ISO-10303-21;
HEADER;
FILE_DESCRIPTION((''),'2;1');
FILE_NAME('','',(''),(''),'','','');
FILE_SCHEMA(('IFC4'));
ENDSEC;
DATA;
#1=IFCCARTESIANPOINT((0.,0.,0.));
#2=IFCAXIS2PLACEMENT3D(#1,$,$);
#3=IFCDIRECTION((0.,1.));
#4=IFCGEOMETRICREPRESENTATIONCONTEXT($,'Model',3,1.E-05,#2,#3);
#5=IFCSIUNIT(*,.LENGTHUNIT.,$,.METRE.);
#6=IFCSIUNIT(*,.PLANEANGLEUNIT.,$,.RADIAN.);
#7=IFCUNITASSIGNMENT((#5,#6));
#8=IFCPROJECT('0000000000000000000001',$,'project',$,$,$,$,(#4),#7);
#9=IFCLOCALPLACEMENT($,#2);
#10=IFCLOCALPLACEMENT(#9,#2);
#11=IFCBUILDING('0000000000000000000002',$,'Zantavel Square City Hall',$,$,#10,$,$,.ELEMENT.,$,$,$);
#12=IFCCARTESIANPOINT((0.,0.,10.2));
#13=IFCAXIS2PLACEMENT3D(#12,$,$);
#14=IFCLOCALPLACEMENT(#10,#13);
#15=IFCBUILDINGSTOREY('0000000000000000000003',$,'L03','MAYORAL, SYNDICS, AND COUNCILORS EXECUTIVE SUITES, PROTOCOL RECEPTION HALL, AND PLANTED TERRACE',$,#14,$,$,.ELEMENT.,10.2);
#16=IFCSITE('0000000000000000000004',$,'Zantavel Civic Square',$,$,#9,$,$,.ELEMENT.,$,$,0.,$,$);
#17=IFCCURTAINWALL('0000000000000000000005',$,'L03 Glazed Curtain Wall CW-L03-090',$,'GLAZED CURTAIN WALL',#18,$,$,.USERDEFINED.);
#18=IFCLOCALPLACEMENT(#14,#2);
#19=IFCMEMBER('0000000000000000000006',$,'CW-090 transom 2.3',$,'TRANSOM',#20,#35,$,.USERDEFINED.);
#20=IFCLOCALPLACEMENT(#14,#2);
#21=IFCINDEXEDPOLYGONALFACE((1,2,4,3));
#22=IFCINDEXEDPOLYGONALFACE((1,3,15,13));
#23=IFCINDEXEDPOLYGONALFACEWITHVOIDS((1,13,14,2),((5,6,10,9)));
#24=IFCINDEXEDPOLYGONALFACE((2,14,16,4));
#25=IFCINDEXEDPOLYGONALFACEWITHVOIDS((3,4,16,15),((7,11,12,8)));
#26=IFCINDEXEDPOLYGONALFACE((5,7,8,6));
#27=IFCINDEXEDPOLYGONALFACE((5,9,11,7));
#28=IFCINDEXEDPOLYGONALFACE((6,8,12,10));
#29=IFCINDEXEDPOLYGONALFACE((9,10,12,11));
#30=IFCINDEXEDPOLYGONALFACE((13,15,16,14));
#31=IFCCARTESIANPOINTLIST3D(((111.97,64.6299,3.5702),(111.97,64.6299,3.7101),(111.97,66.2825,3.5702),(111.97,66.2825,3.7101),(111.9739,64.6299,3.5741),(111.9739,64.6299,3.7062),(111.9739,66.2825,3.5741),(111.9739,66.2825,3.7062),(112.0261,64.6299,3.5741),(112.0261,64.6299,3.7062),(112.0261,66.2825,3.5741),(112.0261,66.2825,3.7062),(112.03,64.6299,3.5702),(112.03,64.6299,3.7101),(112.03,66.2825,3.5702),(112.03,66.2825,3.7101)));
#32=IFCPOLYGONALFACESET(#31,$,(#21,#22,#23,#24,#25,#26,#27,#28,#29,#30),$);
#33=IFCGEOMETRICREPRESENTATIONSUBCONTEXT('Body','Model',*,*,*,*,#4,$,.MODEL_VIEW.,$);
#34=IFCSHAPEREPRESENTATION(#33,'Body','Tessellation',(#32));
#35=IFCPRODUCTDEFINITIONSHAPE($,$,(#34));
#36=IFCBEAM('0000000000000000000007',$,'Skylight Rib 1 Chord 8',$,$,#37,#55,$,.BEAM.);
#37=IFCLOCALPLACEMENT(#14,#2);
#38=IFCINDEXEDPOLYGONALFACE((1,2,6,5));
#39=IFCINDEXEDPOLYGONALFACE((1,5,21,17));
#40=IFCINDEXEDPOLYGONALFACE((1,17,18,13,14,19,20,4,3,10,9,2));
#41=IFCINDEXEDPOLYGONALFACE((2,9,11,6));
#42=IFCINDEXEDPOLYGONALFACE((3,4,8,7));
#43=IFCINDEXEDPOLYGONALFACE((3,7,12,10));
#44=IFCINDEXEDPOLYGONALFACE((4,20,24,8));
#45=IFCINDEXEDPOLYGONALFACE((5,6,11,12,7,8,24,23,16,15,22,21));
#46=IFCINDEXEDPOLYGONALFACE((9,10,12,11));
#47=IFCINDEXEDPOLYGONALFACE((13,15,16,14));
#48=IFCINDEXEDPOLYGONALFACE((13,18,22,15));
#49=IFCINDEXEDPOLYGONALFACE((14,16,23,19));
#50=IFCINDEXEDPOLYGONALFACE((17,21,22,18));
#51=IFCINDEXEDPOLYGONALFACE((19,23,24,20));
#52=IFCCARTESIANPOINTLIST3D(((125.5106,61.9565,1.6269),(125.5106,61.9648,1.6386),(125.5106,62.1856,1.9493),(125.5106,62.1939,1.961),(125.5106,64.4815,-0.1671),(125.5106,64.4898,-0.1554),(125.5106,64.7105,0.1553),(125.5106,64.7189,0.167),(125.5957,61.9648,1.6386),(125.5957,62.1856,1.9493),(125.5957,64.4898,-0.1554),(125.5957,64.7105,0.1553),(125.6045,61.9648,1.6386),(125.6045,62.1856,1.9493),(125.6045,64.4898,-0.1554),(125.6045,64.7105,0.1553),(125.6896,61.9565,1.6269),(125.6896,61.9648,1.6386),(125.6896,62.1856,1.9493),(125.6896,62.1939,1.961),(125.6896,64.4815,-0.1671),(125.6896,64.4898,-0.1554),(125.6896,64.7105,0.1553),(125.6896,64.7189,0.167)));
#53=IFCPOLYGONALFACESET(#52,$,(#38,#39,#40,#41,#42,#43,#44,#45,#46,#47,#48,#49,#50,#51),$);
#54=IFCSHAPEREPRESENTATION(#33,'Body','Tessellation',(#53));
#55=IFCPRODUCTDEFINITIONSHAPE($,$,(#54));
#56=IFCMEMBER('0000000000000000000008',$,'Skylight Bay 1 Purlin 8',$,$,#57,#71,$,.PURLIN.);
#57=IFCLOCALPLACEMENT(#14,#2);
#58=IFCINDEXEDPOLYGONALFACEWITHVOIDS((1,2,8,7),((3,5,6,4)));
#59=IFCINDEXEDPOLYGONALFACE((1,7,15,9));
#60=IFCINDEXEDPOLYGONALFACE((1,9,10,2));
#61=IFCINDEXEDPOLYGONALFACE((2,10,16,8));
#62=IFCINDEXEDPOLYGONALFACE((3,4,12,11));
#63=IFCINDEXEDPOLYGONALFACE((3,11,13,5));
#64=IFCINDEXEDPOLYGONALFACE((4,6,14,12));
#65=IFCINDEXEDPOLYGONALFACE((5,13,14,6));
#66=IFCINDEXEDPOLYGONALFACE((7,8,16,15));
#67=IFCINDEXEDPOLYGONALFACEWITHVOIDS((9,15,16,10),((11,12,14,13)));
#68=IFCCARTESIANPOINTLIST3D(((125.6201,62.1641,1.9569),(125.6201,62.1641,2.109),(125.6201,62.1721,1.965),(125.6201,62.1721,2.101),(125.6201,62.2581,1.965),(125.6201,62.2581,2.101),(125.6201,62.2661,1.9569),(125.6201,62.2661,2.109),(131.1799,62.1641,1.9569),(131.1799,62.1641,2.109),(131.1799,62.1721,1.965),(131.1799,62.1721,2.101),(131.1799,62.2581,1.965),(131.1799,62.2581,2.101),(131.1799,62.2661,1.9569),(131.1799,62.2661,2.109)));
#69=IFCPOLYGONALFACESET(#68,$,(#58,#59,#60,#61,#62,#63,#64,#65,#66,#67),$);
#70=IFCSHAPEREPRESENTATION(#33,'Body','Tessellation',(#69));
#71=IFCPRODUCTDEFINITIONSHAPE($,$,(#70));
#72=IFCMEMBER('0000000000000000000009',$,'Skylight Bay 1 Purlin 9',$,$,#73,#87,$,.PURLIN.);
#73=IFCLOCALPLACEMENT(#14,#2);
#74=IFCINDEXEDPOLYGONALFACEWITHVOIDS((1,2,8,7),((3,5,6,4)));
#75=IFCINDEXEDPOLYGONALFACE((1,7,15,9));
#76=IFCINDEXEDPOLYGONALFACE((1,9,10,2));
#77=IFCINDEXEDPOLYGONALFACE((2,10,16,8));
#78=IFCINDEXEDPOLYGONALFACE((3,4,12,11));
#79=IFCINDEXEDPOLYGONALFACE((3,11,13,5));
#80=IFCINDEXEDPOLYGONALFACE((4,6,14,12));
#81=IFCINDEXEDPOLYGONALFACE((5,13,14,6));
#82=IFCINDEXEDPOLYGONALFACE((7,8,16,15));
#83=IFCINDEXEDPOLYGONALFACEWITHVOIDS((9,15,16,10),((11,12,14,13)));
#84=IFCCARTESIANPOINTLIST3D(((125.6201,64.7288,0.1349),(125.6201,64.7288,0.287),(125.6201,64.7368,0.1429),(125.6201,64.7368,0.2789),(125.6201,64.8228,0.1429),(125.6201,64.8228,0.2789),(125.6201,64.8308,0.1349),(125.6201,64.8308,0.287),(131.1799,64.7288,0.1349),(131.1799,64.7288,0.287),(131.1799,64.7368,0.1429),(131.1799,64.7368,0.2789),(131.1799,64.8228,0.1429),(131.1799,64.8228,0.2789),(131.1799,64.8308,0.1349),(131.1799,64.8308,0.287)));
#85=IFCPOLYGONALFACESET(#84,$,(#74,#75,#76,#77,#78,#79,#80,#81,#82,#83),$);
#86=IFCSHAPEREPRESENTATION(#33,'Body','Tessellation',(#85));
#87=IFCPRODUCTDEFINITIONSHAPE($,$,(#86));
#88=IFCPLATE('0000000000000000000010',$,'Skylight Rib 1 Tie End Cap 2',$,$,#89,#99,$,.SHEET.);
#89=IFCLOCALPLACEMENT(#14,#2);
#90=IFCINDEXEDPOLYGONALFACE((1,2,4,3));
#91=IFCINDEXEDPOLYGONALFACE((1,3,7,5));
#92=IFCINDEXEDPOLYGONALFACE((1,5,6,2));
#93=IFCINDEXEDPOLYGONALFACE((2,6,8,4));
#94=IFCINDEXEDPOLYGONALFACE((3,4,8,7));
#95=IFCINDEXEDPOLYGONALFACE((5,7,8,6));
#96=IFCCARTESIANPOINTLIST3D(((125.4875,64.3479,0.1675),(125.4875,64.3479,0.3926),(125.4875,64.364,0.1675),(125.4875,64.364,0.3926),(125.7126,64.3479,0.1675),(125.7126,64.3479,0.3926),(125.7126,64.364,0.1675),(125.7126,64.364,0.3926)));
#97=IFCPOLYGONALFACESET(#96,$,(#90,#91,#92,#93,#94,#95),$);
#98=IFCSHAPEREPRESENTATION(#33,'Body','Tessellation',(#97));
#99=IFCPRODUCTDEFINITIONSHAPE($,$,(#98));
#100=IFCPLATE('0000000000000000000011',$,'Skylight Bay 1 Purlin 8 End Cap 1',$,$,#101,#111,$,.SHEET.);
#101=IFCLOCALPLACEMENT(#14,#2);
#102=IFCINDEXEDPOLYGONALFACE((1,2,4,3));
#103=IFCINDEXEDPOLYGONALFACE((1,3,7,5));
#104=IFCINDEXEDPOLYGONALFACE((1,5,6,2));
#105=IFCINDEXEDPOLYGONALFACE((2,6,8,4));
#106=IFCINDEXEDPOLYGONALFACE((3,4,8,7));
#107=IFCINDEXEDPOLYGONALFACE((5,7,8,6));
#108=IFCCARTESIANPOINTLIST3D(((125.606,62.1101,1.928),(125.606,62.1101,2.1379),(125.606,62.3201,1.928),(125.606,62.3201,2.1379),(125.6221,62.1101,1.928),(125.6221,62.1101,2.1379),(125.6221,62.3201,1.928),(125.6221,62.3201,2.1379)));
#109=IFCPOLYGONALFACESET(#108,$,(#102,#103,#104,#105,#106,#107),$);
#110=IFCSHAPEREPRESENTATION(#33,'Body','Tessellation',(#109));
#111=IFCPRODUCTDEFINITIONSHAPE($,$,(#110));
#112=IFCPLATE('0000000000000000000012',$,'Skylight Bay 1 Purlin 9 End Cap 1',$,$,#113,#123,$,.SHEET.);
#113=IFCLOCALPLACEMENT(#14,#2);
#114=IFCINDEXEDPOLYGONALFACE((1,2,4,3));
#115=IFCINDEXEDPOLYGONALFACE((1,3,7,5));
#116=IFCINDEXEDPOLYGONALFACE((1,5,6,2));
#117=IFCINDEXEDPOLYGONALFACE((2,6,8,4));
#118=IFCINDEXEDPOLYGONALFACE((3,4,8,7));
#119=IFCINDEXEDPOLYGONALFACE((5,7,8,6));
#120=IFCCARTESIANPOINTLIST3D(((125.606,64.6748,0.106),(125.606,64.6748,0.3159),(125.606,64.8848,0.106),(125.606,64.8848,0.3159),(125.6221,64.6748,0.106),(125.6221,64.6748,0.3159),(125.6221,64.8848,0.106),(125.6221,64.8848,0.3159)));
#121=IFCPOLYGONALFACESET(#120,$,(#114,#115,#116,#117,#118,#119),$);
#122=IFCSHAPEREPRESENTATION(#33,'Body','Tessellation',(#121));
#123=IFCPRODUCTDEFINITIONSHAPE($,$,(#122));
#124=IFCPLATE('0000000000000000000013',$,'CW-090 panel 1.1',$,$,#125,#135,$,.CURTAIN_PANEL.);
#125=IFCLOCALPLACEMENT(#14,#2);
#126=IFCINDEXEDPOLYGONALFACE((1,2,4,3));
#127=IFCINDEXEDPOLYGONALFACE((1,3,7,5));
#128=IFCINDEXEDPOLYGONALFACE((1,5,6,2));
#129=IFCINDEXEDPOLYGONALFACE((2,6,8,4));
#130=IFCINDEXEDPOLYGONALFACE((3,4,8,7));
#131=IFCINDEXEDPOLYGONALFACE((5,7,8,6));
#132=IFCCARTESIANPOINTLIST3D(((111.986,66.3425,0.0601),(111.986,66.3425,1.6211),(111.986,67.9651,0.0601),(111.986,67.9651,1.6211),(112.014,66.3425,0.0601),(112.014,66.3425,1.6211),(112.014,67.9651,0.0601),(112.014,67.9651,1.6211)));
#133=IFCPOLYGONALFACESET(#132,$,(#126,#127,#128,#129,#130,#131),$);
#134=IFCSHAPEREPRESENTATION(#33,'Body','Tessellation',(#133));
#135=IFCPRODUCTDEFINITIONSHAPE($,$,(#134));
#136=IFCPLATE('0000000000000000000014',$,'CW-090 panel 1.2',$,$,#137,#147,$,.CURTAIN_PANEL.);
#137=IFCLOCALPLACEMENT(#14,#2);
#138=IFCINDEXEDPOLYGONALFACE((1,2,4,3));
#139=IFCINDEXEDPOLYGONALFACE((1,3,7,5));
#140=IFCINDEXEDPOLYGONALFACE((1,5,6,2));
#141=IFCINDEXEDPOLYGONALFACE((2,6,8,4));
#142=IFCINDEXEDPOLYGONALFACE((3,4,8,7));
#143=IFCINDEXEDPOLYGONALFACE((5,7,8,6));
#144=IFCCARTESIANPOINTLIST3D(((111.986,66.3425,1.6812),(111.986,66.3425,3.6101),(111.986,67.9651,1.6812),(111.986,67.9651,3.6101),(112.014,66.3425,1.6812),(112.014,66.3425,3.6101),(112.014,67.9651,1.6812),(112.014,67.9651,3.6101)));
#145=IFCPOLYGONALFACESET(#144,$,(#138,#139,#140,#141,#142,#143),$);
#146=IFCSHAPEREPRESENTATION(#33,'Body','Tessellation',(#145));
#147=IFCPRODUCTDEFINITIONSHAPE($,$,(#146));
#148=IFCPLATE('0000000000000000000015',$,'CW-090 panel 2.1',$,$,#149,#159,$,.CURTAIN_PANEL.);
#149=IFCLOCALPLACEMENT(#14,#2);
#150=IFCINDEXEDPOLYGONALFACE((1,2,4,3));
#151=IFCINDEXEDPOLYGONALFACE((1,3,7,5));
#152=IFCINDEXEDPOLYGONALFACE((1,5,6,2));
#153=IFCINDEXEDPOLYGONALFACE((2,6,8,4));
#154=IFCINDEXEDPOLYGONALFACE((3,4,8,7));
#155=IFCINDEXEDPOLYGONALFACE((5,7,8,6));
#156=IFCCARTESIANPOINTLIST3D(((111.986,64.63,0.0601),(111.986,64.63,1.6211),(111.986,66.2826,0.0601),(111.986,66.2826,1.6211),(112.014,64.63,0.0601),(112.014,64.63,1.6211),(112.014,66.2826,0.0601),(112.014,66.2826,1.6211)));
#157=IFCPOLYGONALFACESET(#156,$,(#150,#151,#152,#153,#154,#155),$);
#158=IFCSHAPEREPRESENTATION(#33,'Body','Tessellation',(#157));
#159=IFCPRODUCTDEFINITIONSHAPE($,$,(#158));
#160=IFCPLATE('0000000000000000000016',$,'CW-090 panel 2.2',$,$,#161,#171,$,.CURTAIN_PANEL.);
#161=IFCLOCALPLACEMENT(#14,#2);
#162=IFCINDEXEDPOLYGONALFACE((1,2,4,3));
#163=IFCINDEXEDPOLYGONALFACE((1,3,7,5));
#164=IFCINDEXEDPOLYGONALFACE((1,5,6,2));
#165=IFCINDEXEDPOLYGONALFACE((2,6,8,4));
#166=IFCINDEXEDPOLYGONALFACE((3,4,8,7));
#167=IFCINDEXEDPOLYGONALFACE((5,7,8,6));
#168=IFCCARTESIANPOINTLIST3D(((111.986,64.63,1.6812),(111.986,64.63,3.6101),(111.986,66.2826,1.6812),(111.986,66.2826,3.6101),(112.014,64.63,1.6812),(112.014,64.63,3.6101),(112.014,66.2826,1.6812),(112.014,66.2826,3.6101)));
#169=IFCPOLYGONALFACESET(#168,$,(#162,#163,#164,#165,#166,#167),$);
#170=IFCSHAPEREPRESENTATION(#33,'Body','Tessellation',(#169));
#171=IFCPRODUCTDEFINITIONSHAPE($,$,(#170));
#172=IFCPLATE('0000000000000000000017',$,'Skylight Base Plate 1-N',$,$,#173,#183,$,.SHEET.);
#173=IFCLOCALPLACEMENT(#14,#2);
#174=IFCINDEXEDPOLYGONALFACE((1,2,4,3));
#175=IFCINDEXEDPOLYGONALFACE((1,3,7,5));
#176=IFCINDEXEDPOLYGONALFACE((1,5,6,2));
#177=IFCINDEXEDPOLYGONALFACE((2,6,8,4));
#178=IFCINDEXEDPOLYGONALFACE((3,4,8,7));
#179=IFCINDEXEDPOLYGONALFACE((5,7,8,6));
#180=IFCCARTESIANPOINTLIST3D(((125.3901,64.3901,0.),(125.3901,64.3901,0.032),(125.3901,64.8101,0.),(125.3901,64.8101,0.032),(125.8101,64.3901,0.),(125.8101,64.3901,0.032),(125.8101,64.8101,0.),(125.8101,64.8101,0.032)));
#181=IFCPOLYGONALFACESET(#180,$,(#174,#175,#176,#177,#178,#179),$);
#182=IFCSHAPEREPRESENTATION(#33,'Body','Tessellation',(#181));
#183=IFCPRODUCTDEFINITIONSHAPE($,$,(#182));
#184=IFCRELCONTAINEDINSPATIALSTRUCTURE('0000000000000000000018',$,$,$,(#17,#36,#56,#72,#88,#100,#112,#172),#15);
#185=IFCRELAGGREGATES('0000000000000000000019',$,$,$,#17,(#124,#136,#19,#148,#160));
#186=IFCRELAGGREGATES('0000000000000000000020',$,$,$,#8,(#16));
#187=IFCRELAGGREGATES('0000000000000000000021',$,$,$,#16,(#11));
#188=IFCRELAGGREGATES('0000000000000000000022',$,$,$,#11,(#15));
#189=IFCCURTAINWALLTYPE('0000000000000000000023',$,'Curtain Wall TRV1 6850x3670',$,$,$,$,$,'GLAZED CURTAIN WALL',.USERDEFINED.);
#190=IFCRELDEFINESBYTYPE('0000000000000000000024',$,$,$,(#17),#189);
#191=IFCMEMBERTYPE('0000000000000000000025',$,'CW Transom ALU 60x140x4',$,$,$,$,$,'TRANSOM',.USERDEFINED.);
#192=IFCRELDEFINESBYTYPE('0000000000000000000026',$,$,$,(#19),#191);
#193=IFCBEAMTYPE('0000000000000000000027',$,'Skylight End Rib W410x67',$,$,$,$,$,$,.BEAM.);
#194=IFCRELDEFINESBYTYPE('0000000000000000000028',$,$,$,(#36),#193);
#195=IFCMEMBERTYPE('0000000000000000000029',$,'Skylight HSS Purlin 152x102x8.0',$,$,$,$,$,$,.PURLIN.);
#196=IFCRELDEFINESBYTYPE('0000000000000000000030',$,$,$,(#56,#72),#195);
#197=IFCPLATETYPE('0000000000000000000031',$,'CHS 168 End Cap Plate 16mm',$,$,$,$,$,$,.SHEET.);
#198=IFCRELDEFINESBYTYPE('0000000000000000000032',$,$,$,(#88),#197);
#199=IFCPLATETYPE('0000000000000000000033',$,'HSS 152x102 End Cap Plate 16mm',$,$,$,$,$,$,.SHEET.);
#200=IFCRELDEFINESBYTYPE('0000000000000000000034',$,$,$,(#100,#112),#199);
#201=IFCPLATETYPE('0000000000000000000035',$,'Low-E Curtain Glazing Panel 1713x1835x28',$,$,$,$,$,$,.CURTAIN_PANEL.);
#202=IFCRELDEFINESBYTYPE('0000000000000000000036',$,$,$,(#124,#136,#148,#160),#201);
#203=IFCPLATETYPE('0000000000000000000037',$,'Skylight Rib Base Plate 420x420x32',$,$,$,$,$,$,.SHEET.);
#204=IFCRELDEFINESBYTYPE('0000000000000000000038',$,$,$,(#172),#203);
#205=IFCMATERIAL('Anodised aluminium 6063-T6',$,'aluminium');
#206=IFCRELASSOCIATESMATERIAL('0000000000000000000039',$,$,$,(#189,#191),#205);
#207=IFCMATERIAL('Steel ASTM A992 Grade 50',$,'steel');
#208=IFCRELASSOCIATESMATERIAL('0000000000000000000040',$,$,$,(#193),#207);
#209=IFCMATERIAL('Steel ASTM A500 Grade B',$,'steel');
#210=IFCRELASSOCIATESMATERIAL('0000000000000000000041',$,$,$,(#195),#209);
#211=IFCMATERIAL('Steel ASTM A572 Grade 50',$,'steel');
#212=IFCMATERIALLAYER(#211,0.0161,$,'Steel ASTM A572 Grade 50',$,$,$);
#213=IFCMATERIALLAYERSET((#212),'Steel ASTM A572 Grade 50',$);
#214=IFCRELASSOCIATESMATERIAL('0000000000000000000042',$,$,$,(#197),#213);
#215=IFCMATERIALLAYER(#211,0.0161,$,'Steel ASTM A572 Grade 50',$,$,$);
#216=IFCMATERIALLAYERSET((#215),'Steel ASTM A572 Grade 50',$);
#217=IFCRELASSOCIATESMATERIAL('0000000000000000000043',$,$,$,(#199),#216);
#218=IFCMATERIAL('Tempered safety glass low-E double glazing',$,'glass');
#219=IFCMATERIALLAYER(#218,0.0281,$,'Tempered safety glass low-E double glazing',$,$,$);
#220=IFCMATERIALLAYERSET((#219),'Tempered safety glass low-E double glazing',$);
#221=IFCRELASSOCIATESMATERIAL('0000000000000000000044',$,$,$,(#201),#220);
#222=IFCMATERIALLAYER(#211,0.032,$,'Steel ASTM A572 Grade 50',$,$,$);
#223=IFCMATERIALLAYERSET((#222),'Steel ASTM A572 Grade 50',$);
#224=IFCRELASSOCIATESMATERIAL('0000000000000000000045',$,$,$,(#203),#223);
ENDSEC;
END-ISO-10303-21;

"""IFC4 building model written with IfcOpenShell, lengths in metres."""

from ifc_helpers import new_model, si_unit, direction, frame, origin, origin_2d, place, context, subcontext, project, spatial, rectangle, hollow_rectangle, i_section, extrude, material, layer, layer_set, material_profile, profile_set, type_object, element, aggregate, save


model = new_model("IFC4")

# Units and contexts
model_context = context("Model", 3, precision=1e-05, world=origin(), true_north=direction((0.0, 1.0)))
body_context = subcontext(model_context, "Body", "Model", "MODEL_VIEW")
ifc_project = project(units=[si_unit("LENGTHUNIT", "METRE"), si_unit("PLANEANGLEUNIT", "RADIAN")], contexts=[model_context])

# Site, building, storey
site_placement = place(None, origin())
site = spatial("IfcSite", under=ifc_project, at=site_placement, Name="Zantavel Civic Square", CompositionType="ELEMENT", RefElevation=0.0)
building_placement = place(site_placement, origin())
building = spatial("IfcBuilding", under=site, at=building_placement, Name="Zantavel Square City Hall", CompositionType="ELEMENT")
storey_placement = place(building_placement, frame((0.0, 0.0, 10.2)))
storey = spatial("IfcBuildingStorey", under=building, at=storey_placement, Name="L03", Description="MAYORAL, SYNDICS, AND COUNCILORS EXECUTIVE SUITES, PROTOCOL RECEPTION HALL, AND PLANTED TERRACE", CompositionType="ELEMENT", Elevation=10.2)

# Curtain wall, member
ifc_material_1 = material(Name="Anodised aluminium 6063-T6", Category="aluminium")
curtain_wall_type = type_object("IfcCurtainWallType", Name="Curtain Wall TRV1 6850x3670", ElementType="GLAZED CURTAIN WALL", PredefinedType="USERDEFINED", material=ifc_material_1)
curtain_wall_placement = place(storey_placement, origin())
curtain_wall = element("IfcCurtainWall", 1, at=curtain_wall_placement, inside=storey, type_object=curtain_wall_type, Name="L03 Glazed Curtain Wall CW-L03-090", ObjectType="GLAZED CURTAIN WALL", PredefinedType="USERDEFINED")
ifc_material_profile_1 = material_profile(ifc_material_1, hollow_rectangle(XDim=0.0601, YDim=0.1399, WallThickness=0.0039, at=origin_2d()), Name="ALU 60x140x4")
ifc_profile_set_1 = profile_set([ifc_material_profile_1], Name="Anodised aluminium 6063-T6")
member_type_1 = type_object("IfcMemberType", Name="CW Transom ALU 60x140x4", ElementType="TRANSOM", PredefinedType="USERDEFINED", material=ifc_profile_set_1)
member_1_placement = place(storey_placement, frame((112.0, 66.2825, 3.6401), z_axis=(0.0, -1.0, 0.0), x_axis=(1.0, 0.0, 0.0)))
member_1 = element("IfcMember", 2, at=member_1_placement, type_object=member_type_1, Name="CW-090 transom 2.3", ObjectType="TRANSOM", PredefinedType="USERDEFINED", context=body_context, shape_type="SweptSolid", body=[
    extrude(hollow_rectangle(XDim=0.0601, YDim=0.1399, WallThickness=0.0039, at=origin_2d()), origin(), (0.0, 0.0, 1.0), 1.6526),
])

# Beam
ifc_material_2 = material(Name="Steel ASTM A992 Grade 50", Category="steel")
ifc_material_profile_2 = material_profile(ifc_material_2, i_section(OverallWidth=0.179, OverallDepth=0.4099, WebThickness=0.0088, FlangeThickness=0.0144, at=origin_2d()), Name="W410x67")
ifc_profile_set_2 = profile_set([ifc_material_profile_2], Name="Steel ASTM A992 Grade 50")
beam_type = type_object("IfcBeamType", Name="Skylight End Rib W410x67", PredefinedType="BEAM", material=ifc_profile_set_2)
beam_placement = place(storey_placement, frame((125.6001, 62.0752, 1.7939), z_axis=(0.0, 0.81519, -0.579193), x_axis=(-1.0, 0.0, 0.0)))
element("IfcBeam", 3, at=beam_placement, inside=storey, type_object=beam_type, Name="Skylight Rib 1 Chord 8", PredefinedType="BEAM", context=body_context, shape_type="SweptSolid", body=[
    extrude(i_section(OverallWidth=0.179, OverallDepth=0.4099, WebThickness=0.0088, FlangeThickness=0.0144, at=origin_2d()), origin(), (0.0, 0.0, 1.0), 3.0974),
])

# Members
ifc_material_3 = material(Name="Steel ASTM A500 Grade B", Category="steel")
ifc_material_profile_3 = material_profile(ifc_material_3, hollow_rectangle(XDim=0.1021, YDim=0.1521, WallThickness=0.0081, at=origin_2d()), Name="HSS 152x102x8.0")
ifc_profile_set_3 = profile_set([ifc_material_profile_3], Name="Steel ASTM A500 Grade B")
member_type_2 = type_object("IfcMemberType", Name="Skylight HSS Purlin 152x102x8.0", PredefinedType="PURLIN", material=ifc_profile_set_3)
for number, where, z_axis, x_axis, name in (
    (4, (125.6201, 62.2151, 2.033), (1.0, 0.0, 0.0), (0.0, 1.0, 0.0), "Skylight Bay 1 Purlin 8"),
    (5, (125.6201, 64.7798, 0.2109), (1.0, 0.0, 0.0), (0.0, 1.0, 0.0), "Skylight Bay 1 Purlin 9"),
):
    element("IfcMember", number, at=place(storey_placement, frame(where, z_axis=z_axis, x_axis=x_axis)), inside=storey, type_object=member_type_2, Name=name, PredefinedType="PURLIN", context=body_context, shape_type="SweptSolid", body=[
        extrude(hollow_rectangle(XDim=0.1021, YDim=0.1521, WallThickness=0.0081, at=origin_2d()), origin(), (0.0, 0.0, 1.0), 5.5598),
    ])

# Plates
ifc_material_4 = material(Name="Steel ASTM A572 Grade 50", Category="steel")
ifc_layer_1 = layer(ifc_material_4, 0.0161, Name="Steel ASTM A572 Grade 50")
ifc_layer_set_1 = layer_set([ifc_layer_1], Name="Steel ASTM A572 Grade 50")
plate_type_1 = type_object("IfcPlateType", Name="CHS 168 End Cap Plate 16mm", PredefinedType="SHEET", material=ifc_layer_set_1)
plate_1_placement = place(storey_placement, frame((125.6001, 64.356, 0.1675), z_axis=(0.0, 0.0, 1.0), x_axis=(0.0, 1.0, 0.0)))
element("IfcPlate", 6, at=plate_1_placement, inside=storey, type_object=plate_type_1, Name="Skylight Rib 1 Tie End Cap 2", PredefinedType="SHEET", context=body_context, shape_type="SweptSolid", body=[
    extrude(rectangle(XDim=0.0161, YDim=0.2251, at=origin_2d()), origin(), (0.0, 0.0, 1.0), 0.2251),
])
ifc_layer_2 = layer(ifc_material_4, 0.0161, Name="Steel ASTM A572 Grade 50")
ifc_layer_set_2 = layer_set([ifc_layer_2], Name="Steel ASTM A572 Grade 50")
plate_type_2 = type_object("IfcPlateType", Name="HSS 152x102 End Cap Plate 16mm", PredefinedType="SHEET", material=ifc_layer_set_2)
for number, where, z_axis, x_axis, name in (
    (7, (125.614, 62.2151, 1.928), (0.0, 0.0, 1.0), (1.0, 0.0, 0.0), "Skylight Bay 1 Purlin 8 End Cap 1"),
    (8, (125.614, 64.7798, 0.106), (0.0, 0.0, 1.0), (1.0, 0.0, 0.0), "Skylight Bay 1 Purlin 9 End Cap 1"),
):
    element("IfcPlate", number, at=place(storey_placement, frame(where, z_axis=z_axis, x_axis=x_axis)), inside=storey, type_object=plate_type_2, Name=name, PredefinedType="SHEET", context=body_context, shape_type="SweptSolid", body=[
        extrude(rectangle(XDim=0.0161, YDim=0.21, at=origin_2d()), origin(), (0.0, 0.0, 1.0), 0.21),
    ])

# Plates
ifc_material_5 = material(Name="Tempered safety glass low-E double glazing", Category="glass")
ifc_layer_3 = layer(ifc_material_5, 0.0281, Name="Tempered safety glass low-E double glazing")
ifc_layer_set_3 = layer_set([ifc_layer_3], Name="Tempered safety glass low-E double glazing")
plate_type_3 = type_object("IfcPlateType", Name="Low-E Curtain Glazing Panel 1713x1835x28", PredefinedType="CURTAIN_PANEL", material=ifc_layer_set_3)
plate_2_placement = place(storey_placement, frame((112.0, 67.1538, 0.0601), z_axis=(0.0, 0.0, 1.0), x_axis=(0.0, -1.0, 0.0)))
plate_2 = element("IfcPlate", 9, at=plate_2_placement, type_object=plate_type_3, Name="CW-090 panel 1.1", PredefinedType="CURTAIN_PANEL", context=body_context, shape_type="SweptSolid", body=[
    extrude(rectangle(XDim=1.6226, YDim=0.0281, at=origin_2d()), origin(), (0.0, 0.0, 1.0), 1.561),
])
plate_3_placement = place(storey_placement, frame((112.0, 67.1538, 1.6812), z_axis=(0.0, 0.0, 1.0), x_axis=(0.0, -1.0, 0.0)))
plate_3 = element("IfcPlate", 10, at=plate_3_placement, type_object=plate_type_3, Name="CW-090 panel 1.2", PredefinedType="CURTAIN_PANEL", context=body_context, shape_type="SweptSolid", body=[
    extrude(rectangle(XDim=1.6226, YDim=0.0281, at=origin_2d()), origin(), (0.0, 0.0, 1.0), 1.929),
])
plate_4_placement = place(storey_placement, frame((112.0, 65.4563, 0.0601), z_axis=(0.0, 0.0, 1.0), x_axis=(0.0, -1.0, 0.0)))
plate_4 = element("IfcPlate", 11, at=plate_4_placement, type_object=plate_type_3, Name="CW-090 panel 2.1", PredefinedType="CURTAIN_PANEL", context=body_context, shape_type="SweptSolid", body=[
    extrude(rectangle(XDim=1.6526, YDim=0.0281, at=origin_2d()), origin(), (0.0, 0.0, 1.0), 1.561),
])
plate_5_placement = place(storey_placement, frame((112.0, 65.4563, 1.6812), z_axis=(0.0, 0.0, 1.0), x_axis=(0.0, -1.0, 0.0)))
plate_5 = element("IfcPlate", 12, at=plate_5_placement, type_object=plate_type_3, Name="CW-090 panel 2.2", PredefinedType="CURTAIN_PANEL", context=body_context, shape_type="SweptSolid", body=[
    extrude(rectangle(XDim=1.6526, YDim=0.0281, at=origin_2d()), origin(), (0.0, 0.0, 1.0), 1.929),
])
aggregate(curtain_wall, [plate_2, plate_3, member_1, plate_4, plate_5])
ifc_layer_4 = layer(ifc_material_4, 0.032, Name="Steel ASTM A572 Grade 50")
ifc_layer_set_4 = layer_set([ifc_layer_4], Name="Steel ASTM A572 Grade 50")
plate_type_4 = type_object("IfcPlateType", Name="Skylight Rib Base Plate 420x420x32", PredefinedType="SHEET", material=ifc_layer_set_4)
plate_6_placement = place(storey_placement, frame((125.6001, 64.6001, 0.0), z_axis=(0.0, 0.0, 1.0), x_axis=(1.0, 0.0, 0.0)))
element("IfcPlate", 13, at=plate_6_placement, inside=storey, type_object=plate_type_4, Name="Skylight Base Plate 1-N", PredefinedType="SHEET", context=body_context, shape_type="SweptSolid", body=[
    extrude(rectangle(XDim=0.4199, YDim=0.4199, at=origin_2d()), origin(), (0.0, 0.0, 1.0), 0.032),
])

save(model, "model.ifc")
